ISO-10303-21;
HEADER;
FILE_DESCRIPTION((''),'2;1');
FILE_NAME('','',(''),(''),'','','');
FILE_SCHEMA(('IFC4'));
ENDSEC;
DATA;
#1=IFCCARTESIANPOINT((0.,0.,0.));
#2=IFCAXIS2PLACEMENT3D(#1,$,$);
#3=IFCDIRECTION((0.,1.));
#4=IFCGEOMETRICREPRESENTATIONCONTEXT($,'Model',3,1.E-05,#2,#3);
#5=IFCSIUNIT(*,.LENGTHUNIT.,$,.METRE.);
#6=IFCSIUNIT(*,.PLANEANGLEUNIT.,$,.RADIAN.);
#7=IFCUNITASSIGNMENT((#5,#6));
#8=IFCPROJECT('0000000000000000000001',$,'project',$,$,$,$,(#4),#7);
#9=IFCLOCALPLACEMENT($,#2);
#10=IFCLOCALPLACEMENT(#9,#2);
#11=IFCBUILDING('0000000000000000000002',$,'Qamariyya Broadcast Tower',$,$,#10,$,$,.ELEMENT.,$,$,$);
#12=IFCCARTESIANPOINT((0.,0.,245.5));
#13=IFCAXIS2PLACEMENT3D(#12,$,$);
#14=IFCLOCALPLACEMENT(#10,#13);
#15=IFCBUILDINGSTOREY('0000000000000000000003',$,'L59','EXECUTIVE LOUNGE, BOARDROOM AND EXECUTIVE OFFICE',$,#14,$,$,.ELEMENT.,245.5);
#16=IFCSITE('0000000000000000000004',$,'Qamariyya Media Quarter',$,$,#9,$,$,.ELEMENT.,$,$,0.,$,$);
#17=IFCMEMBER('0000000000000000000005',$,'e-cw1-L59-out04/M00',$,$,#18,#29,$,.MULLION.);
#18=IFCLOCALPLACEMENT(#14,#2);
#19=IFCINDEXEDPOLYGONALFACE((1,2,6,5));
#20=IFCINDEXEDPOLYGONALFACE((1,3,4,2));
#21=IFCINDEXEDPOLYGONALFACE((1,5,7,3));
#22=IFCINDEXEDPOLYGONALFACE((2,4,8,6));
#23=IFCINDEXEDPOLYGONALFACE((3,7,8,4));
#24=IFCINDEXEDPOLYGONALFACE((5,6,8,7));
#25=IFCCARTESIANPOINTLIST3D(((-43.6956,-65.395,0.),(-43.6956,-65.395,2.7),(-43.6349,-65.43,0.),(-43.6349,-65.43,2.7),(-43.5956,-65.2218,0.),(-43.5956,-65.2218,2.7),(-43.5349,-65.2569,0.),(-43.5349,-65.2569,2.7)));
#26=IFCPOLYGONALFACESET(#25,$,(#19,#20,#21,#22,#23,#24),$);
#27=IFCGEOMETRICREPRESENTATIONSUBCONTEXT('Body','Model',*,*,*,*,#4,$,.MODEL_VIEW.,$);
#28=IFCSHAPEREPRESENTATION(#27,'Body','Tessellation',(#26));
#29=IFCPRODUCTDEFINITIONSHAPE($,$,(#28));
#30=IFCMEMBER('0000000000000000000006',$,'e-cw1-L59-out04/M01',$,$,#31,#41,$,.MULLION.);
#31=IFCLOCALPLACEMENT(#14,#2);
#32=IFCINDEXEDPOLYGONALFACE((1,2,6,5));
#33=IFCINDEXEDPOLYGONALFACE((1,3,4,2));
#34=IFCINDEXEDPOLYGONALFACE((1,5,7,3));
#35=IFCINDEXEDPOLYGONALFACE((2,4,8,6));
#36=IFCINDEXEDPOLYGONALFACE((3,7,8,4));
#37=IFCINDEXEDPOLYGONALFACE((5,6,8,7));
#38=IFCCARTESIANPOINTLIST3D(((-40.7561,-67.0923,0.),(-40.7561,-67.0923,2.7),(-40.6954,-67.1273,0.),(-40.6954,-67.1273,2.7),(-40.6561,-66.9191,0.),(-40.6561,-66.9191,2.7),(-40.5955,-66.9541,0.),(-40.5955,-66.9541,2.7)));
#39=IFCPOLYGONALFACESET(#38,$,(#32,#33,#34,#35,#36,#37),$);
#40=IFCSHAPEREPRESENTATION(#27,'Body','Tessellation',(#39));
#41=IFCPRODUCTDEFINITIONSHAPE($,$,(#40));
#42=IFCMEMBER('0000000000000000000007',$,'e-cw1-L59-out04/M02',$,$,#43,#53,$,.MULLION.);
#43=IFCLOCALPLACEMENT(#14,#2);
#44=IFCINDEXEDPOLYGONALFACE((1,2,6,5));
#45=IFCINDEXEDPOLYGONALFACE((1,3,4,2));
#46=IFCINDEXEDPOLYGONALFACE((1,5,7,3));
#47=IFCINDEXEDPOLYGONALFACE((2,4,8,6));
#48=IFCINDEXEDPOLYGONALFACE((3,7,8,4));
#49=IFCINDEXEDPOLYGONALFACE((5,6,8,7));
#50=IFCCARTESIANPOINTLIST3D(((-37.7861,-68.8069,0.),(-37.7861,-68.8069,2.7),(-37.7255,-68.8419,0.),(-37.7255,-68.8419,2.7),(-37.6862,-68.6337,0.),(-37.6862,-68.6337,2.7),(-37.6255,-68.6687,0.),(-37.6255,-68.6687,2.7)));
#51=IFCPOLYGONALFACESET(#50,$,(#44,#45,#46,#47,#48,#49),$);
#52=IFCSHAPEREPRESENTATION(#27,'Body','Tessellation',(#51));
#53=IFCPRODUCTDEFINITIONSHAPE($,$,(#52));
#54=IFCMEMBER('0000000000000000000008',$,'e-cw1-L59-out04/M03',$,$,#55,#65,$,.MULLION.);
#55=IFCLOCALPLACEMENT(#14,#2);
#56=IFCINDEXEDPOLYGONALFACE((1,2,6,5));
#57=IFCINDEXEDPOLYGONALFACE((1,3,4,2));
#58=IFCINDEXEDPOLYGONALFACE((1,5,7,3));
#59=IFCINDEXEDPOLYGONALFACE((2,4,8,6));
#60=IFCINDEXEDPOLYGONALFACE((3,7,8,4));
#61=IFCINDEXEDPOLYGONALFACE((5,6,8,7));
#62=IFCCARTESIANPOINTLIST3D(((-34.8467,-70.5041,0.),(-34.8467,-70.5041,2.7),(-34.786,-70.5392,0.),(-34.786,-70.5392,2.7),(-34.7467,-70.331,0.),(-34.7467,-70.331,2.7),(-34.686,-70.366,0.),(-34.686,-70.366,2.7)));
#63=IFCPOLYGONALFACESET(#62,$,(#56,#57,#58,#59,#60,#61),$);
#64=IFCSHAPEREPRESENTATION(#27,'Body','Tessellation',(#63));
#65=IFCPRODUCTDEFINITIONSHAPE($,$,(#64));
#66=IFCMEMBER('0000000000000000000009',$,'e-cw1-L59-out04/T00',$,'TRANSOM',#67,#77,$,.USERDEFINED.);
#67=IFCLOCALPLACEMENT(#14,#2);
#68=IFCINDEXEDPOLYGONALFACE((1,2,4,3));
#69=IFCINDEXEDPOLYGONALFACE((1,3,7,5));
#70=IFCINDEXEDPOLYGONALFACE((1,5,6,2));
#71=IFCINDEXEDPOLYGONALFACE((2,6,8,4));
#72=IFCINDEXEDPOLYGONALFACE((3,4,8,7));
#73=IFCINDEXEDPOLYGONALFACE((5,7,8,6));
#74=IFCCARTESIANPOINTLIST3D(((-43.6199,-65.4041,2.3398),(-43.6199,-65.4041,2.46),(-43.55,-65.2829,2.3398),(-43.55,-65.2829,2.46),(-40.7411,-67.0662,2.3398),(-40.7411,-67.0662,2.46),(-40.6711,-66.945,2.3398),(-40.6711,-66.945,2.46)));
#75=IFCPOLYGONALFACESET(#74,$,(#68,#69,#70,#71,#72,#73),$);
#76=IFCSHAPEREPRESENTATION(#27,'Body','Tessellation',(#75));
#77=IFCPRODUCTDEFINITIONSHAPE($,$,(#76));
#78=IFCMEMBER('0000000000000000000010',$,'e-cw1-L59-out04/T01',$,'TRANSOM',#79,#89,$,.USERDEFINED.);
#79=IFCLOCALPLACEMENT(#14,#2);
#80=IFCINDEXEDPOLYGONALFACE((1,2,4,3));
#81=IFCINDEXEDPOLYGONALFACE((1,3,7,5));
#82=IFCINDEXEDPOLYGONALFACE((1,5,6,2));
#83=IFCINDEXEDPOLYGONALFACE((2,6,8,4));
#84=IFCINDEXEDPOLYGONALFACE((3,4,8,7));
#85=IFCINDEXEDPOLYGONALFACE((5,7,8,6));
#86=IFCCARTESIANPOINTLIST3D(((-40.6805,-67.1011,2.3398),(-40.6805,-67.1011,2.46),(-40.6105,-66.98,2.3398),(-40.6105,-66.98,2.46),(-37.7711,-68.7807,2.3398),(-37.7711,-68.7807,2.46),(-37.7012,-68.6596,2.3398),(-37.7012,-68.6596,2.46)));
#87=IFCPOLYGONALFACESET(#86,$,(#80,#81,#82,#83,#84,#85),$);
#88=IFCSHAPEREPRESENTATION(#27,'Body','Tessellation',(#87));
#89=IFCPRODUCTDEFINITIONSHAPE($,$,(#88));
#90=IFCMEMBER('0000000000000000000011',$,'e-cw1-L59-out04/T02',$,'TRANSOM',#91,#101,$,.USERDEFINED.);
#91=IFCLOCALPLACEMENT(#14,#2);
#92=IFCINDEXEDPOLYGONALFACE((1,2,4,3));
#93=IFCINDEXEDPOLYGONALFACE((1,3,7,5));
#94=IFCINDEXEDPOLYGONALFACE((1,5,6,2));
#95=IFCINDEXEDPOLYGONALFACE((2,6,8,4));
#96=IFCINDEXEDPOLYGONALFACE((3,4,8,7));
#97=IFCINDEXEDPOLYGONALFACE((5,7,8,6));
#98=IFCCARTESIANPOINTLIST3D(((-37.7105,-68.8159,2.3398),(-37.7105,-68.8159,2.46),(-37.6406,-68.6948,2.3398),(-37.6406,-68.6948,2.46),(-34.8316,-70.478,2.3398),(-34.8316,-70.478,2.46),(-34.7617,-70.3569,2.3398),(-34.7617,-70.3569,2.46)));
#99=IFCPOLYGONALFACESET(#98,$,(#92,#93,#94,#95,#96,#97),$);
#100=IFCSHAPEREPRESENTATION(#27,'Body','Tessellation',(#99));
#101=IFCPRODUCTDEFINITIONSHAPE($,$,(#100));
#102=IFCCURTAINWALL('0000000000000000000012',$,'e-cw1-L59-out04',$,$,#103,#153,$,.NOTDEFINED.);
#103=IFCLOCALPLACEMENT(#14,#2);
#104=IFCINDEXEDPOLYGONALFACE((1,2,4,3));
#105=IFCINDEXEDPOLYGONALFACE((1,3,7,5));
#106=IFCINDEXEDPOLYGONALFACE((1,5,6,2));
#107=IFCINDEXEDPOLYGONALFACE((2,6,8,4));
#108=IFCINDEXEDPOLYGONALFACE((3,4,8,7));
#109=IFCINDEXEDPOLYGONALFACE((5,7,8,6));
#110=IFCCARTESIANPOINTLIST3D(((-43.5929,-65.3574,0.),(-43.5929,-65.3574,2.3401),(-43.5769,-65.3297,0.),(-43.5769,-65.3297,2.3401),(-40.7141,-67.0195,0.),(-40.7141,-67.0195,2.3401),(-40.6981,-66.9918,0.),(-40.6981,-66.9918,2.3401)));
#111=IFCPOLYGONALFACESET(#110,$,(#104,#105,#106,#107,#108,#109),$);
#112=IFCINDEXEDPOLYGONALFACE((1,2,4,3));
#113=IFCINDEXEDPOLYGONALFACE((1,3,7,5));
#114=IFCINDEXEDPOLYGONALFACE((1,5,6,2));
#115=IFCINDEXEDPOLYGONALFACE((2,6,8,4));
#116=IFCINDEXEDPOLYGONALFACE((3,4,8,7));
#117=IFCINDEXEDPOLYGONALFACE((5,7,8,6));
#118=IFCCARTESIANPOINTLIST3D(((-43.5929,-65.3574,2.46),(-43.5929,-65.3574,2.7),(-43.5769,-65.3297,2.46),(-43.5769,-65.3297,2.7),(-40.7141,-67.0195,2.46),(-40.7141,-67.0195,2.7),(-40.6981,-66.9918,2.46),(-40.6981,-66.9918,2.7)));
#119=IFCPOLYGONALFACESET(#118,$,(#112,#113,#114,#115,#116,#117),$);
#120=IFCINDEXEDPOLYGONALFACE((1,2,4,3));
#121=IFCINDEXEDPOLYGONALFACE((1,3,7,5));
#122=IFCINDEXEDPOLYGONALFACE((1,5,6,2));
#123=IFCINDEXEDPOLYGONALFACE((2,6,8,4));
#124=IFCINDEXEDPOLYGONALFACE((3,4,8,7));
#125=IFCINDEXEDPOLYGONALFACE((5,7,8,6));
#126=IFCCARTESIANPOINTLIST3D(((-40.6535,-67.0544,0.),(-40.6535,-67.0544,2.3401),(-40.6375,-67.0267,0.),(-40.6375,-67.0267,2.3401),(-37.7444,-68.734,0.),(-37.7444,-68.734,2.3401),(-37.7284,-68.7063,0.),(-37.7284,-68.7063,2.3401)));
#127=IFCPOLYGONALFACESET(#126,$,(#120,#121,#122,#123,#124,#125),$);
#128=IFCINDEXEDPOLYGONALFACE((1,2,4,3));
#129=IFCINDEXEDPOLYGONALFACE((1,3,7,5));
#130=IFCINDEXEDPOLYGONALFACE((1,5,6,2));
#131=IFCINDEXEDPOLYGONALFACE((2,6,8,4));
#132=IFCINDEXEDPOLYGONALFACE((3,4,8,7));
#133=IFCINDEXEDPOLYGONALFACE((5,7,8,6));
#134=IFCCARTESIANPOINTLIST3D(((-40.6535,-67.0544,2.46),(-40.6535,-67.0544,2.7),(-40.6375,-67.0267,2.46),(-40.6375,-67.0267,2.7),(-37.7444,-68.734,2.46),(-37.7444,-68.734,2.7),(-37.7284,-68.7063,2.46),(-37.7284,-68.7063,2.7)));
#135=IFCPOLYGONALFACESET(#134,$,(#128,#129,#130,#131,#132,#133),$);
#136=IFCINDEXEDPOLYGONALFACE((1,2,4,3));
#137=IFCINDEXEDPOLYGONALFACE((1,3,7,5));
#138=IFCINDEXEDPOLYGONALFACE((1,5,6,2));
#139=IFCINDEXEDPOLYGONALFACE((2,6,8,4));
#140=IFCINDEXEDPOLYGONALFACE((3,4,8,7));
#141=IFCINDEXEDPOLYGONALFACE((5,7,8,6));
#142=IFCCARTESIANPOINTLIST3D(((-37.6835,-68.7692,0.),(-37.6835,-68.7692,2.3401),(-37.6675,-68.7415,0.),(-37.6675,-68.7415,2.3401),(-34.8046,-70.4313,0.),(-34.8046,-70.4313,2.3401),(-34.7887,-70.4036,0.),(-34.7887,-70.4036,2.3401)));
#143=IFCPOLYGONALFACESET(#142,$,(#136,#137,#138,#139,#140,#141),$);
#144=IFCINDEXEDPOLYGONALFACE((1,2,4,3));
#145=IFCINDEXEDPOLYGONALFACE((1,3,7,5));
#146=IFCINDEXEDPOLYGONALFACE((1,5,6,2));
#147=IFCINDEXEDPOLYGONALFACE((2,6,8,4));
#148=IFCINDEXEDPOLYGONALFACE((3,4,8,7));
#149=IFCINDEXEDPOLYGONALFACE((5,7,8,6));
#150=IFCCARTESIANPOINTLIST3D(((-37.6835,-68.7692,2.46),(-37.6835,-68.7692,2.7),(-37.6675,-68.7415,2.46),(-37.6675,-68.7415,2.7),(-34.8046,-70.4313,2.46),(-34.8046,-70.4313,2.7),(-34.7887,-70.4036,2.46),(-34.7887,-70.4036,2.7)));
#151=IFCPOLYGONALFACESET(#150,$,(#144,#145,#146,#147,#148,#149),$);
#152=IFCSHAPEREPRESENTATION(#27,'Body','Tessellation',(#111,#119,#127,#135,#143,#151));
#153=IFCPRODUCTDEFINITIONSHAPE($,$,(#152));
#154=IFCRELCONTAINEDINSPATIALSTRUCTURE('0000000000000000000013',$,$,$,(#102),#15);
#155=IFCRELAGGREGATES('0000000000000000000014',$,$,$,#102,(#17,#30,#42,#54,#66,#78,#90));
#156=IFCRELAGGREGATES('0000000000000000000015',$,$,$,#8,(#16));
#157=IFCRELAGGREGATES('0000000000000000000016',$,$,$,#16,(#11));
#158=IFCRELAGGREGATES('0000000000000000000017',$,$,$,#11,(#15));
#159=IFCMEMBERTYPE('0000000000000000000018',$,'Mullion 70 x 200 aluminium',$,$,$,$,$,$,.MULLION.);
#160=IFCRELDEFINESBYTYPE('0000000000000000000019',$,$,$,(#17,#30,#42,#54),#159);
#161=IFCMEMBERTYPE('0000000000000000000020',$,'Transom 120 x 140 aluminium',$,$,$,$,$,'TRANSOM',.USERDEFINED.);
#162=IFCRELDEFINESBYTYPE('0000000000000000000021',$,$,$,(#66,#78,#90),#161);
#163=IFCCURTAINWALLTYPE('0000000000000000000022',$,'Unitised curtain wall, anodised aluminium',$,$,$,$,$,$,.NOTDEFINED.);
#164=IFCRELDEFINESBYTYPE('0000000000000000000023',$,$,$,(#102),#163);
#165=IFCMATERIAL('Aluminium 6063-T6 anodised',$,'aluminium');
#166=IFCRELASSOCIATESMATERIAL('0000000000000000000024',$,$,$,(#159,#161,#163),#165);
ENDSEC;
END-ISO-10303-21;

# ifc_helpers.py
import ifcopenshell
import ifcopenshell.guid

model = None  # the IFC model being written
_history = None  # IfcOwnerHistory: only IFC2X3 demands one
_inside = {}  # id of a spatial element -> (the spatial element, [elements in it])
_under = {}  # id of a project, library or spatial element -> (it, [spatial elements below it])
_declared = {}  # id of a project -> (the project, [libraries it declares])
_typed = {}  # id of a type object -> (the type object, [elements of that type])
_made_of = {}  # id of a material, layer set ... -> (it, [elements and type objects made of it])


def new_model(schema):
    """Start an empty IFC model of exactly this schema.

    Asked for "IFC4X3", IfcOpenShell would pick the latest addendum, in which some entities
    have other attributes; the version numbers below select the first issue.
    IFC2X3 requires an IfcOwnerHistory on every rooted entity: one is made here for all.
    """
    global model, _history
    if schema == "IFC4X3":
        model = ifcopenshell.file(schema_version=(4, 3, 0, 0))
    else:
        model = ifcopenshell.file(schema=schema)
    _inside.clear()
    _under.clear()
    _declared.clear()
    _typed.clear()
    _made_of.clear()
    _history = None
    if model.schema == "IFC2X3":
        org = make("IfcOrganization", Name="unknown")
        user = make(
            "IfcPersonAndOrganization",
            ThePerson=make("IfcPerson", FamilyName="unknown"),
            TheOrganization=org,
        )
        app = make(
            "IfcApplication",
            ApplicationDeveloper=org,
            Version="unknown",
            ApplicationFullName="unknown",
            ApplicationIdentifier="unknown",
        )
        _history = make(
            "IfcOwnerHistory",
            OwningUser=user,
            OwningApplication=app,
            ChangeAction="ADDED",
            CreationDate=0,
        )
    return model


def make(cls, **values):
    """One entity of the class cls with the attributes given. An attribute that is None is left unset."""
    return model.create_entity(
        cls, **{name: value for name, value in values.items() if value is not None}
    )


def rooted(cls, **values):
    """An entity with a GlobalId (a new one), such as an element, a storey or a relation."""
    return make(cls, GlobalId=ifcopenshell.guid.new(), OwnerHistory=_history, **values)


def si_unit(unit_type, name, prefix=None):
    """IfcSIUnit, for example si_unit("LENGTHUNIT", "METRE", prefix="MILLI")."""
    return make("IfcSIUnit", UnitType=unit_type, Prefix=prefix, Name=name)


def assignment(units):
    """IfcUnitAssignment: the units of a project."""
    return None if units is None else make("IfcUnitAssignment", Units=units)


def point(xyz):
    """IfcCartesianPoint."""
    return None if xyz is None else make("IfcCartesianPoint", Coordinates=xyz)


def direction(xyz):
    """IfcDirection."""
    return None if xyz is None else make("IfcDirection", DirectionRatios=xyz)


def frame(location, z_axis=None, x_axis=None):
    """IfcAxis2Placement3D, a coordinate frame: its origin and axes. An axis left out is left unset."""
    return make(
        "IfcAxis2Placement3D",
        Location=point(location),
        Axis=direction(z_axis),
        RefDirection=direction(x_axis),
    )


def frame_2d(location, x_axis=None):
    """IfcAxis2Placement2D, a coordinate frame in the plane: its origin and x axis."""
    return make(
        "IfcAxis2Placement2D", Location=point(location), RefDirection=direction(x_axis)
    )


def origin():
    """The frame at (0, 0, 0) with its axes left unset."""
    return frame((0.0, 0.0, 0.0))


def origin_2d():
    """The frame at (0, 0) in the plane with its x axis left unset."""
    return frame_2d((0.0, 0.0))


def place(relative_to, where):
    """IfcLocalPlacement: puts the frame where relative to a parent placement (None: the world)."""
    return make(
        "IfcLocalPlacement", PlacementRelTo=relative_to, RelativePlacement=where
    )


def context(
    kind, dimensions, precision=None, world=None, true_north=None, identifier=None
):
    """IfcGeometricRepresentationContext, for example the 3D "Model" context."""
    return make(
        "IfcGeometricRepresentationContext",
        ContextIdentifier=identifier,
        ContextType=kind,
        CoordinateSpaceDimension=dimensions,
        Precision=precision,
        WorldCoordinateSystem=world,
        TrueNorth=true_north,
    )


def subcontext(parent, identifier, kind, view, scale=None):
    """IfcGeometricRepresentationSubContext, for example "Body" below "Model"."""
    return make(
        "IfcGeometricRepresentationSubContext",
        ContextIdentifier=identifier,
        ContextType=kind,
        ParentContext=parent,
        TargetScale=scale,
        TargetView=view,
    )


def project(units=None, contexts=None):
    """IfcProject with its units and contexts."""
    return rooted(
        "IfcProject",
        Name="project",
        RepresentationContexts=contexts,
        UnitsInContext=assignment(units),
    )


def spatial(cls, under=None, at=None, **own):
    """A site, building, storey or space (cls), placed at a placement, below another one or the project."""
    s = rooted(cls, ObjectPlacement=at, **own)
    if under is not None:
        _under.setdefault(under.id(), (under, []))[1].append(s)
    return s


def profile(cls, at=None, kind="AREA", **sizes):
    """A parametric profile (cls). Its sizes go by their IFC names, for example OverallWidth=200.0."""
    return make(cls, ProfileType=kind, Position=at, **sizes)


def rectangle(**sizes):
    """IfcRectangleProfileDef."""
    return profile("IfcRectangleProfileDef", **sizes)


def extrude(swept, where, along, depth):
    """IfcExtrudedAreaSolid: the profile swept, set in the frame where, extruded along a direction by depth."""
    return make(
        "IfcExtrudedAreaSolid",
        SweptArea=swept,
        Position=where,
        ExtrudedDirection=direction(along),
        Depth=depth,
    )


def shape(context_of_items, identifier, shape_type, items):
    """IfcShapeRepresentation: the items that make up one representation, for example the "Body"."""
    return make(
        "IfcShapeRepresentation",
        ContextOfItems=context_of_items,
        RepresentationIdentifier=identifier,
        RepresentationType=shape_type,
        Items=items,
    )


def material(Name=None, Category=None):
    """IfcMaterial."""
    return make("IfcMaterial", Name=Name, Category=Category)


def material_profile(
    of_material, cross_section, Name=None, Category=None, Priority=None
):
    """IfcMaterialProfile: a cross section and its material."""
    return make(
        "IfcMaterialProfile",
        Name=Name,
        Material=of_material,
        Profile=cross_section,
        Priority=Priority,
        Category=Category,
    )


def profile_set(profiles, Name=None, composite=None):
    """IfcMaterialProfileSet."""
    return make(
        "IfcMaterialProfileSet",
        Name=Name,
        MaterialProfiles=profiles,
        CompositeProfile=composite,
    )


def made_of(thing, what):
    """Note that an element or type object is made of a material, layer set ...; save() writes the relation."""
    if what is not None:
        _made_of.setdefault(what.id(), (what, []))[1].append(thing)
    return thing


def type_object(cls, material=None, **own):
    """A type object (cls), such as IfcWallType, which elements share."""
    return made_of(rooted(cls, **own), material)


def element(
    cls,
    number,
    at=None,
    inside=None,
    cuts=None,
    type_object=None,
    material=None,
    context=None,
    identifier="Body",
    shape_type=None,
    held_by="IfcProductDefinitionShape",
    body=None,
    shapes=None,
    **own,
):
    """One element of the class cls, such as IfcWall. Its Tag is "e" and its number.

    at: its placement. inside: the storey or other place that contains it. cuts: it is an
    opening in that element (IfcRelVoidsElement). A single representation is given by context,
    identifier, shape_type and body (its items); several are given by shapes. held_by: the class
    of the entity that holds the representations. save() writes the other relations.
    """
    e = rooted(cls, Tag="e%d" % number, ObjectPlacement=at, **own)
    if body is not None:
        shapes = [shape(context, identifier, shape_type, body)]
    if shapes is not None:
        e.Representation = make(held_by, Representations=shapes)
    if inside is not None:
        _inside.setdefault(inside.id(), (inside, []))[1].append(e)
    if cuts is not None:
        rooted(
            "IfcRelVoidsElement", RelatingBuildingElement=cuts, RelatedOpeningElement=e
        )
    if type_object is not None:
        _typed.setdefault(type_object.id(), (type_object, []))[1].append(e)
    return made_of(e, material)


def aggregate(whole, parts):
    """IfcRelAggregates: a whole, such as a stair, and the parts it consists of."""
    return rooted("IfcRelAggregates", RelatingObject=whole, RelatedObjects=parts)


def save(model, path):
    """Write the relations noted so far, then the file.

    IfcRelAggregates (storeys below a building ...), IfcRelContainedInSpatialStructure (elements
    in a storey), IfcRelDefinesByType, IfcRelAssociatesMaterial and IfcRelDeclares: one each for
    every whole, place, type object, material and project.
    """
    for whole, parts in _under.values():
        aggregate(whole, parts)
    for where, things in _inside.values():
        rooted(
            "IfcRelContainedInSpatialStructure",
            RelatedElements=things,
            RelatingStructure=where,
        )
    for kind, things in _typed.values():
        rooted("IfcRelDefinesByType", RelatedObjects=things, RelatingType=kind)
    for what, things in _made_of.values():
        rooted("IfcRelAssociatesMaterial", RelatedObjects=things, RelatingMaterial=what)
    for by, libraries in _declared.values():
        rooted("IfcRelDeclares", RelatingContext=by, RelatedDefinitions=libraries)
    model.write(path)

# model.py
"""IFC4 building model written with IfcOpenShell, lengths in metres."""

from ifc_helpers import new_model, si_unit, direction, frame, origin, origin_2d, place, context, subcontext, project, spatial, rectangle, extrude, material, material_profile, profile_set, type_object, element, aggregate, save


model = new_model("IFC4")

# Units and contexts
model_context = context("Model", 3, precision=1e-05, world=origin(), true_north=direction((0.0, 1.0)))
body_context = subcontext(model_context, "Body", "Model", "MODEL_VIEW")
ifc_project = project(units=[si_unit("LENGTHUNIT", "METRE"), si_unit("PLANEANGLEUNIT", "RADIAN")], contexts=[model_context])

# Members
ifc_material = material(Name="Aluminium 6063-T6 anodised", Category="aluminium")
ifc_material_profile_1 = material_profile(ifc_material, rectangle(XDim=0.2, YDim=0.0701, at=origin_2d()))
ifc_profile_set_1 = profile_set([ifc_material_profile_1], Name="Aluminium 6063-T6 anodised")
member_type_1 = type_object("IfcMemberType", Name="Mullion 70 x 200 aluminium", PredefinedType="MULLION", material=ifc_profile_set_1)
site_placement = place(None, origin())
building_placement = place(site_placement, origin())
storey_placement = place(building_placement, frame((0.0, 0.0, 245.5)))
member_1_placement = place(storey_placement, frame((-43.6152, -65.3259, 0.0), z_axis=(0.0, 0.0, 1.0), x_axis=(0.5, 0.866025, 0.0)))
member_1 = element("IfcMember", 1, at=member_1_placement, type_object=member_type_1, Name="e-cw1-L59-out04/M00", PredefinedType="MULLION", context=body_context, shape_type="SweptSolid", body=[
    extrude(rectangle(XDim=0.2, YDim=0.0701, at=origin_2d()), origin(), (0.0, 0.0, 1.0), 2.7),
])
member_2_placement = place(storey_placement, frame((-40.6758, -67.0232, 0.0), z_axis=(0.0, 0.0, 1.0), x_axis=(0.5, 0.866025, 0.0)))
member_2 = element("IfcMember", 2, at=member_2_placement, type_object=member_type_1, Name="e-cw1-L59-out04/M01", PredefinedType="MULLION", context=body_context, shape_type="SweptSolid", body=[
    extrude(rectangle(XDim=0.2, YDim=0.0701, at=origin_2d()), origin(), (0.0, 0.0, 1.0), 2.7),
])
member_3_placement = place(storey_placement, frame((-37.7058, -68.7378, 0.0), z_axis=(0.0, 0.0, 1.0), x_axis=(0.5, 0.866025, 0.0)))
member_3 = element("IfcMember", 3, at=member_3_placement, type_object=member_type_1, Name="e-cw1-L59-out04/M02", PredefinedType="MULLION", context=body_context, shape_type="SweptSolid", body=[
    extrude(rectangle(XDim=0.2, YDim=0.0701, at=origin_2d()), origin(), (0.0, 0.0, 1.0), 2.7),
])
member_4_placement = place(storey_placement, frame((-34.7664, -70.4351, 0.0), z_axis=(0.0, 0.0, 1.0), x_axis=(0.5, 0.866025, 0.0)))
member_4 = element("IfcMember", 4, at=member_4_placement, type_object=member_type_1, Name="e-cw1-L59-out04/M03", PredefinedType="MULLION", context=body_context, shape_type="SweptSolid", body=[
    extrude(rectangle(XDim=0.2, YDim=0.0701, at=origin_2d()), origin(), (0.0, 0.0, 1.0), 2.7),
])
ifc_material_profile_2 = material_profile(ifc_material, rectangle(XDim=0.1399, YDim=0.1201, at=origin_2d()))
ifc_profile_set_2 = profile_set([ifc_material_profile_2], Name="Aluminium 6063-T6 anodised")
member_type_2 = type_object("IfcMemberType", Name="Transom 120 x 140 aluminium", ElementType="TRANSOM", PredefinedType="USERDEFINED", material=ifc_profile_set_2)
member_5_placement = place(storey_placement, frame((-43.585, -65.3435, 2.3999), z_axis=(0.866029, -0.499994, 0.0), x_axis=(0.499994, 0.866029, 0.0)))
member_5 = element("IfcMember", 5, at=member_5_placement, type_object=member_type_2, Name="e-cw1-L59-out04/T00", ObjectType="TRANSOM", PredefinedType="USERDEFINED", context=body_context, shape_type="SweptSolid", body=[
    extrude(rectangle(XDim=0.1399, YDim=0.1201, at=origin_2d()), origin(), (0.0, 0.0, 1.0), 3.3242),
])
member_6_placement = place(storey_placement, frame((-40.6455, -67.0405, 2.3999), z_axis=(0.866034, -0.499985, 0.0), x_axis=(0.499985, 0.866034, 0.0)))
member_6 = element("IfcMember", 6, at=member_6_placement, type_object=member_type_2, Name="e-cw1-L59-out04/T01", ObjectType="TRANSOM", PredefinedType="USERDEFINED", context=body_context, shape_type="SweptSolid", body=[
    extrude(rectangle(XDim=0.1399, YDim=0.1201, at=origin_2d()), origin(), (0.0, 0.0, 1.0), 3.3594),
])
member_7_placement = place(storey_placement, frame((-37.6755, -68.7554, 2.3999), z_axis=(0.866029, -0.499994, 0.0), x_axis=(0.499994, 0.866029, 0.0)))
member_7 = element("IfcMember", 7, at=member_7_placement, type_object=member_type_2, Name="e-cw1-L59-out04/T02", ObjectType="TRANSOM", PredefinedType="USERDEFINED", context=body_context, shape_type="SweptSolid", body=[
    extrude(rectangle(XDim=0.1399, YDim=0.1201, at=origin_2d()), origin(), (0.0, 0.0, 1.0), 3.3242),
])

# Site, building, storey
site = spatial("IfcSite", under=ifc_project, at=site_placement, Name="Qamariyya Media Quarter", CompositionType="ELEMENT", RefElevation=0.0)
building = spatial("IfcBuilding", under=site, at=building_placement, Name="Qamariyya Broadcast Tower", CompositionType="ELEMENT")
storey = spatial("IfcBuildingStorey", under=building, at=storey_placement, Name="L59", Description="EXECUTIVE LOUNGE, BOARDROOM AND EXECUTIVE OFFICE", CompositionType="ELEMENT", Elevation=245.5)

# Curtain wall
curtain_wall_type = type_object("IfcCurtainWallType", Name="Unitised curtain wall, anodised aluminium", PredefinedType="NOTDEFINED", material=ifc_material)
curtain_wall_1_placement = place(storey_placement, origin())
curtain_wall_1 = element("IfcCurtainWall", 8, at=curtain_wall_1_placement, inside=storey, type_object=curtain_wall_type, Name="e-cw1-L59-out04", PredefinedType="NOTDEFINED", context=body_context, shape_type="SweptSolid", body=[
    extrude(rectangle(XDim=3.3242, YDim=0.032, at=origin_2d()), frame((-42.1455, -66.1746, 0.0), x_axis=(0.866028, -0.499996, 0.0)), (0.0, 0.0, 1.0), 2.3401),
    extrude(rectangle(XDim=3.3242, YDim=0.032, at=origin_2d()), frame((-42.1455, -66.1746, 2.46), x_axis=(0.866028, -0.499996, 0.0)), (0.0, 0.0, 1.0), 0.24),
    extrude(rectangle(XDim=3.3591, YDim=0.032, at=origin_2d()), frame((-39.1909, -67.8804, 0.0), x_axis=(0.866028, -0.499996, 0.0)), (0.0, 0.0, 1.0), 2.3401),
    extrude(rectangle(XDim=3.3591, YDim=0.032, at=origin_2d()), frame((-39.1909, -67.8804, 2.46), x_axis=(0.866028, -0.499996, 0.0)), (0.0, 0.0, 1.0), 0.24),
    extrude(rectangle(XDim=3.3242, YDim=0.032, at=origin_2d()), frame((-36.2361, -69.5864, 0.0), x_axis=(0.866028, -0.499996, 0.0)), (0.0, 0.0, 1.0), 2.3401),
    extrude(rectangle(XDim=3.3242, YDim=0.032, at=origin_2d()), frame((-36.2361, -69.5864, 2.46), x_axis=(0.866028, -0.499996, 0.0)), (0.0, 0.0, 1.0), 0.24),
])
aggregate(curtain_wall_1, [member_1, member_2, member_3, member_4, member_5, member_6, member_7])

save(model, "model.ifc")
